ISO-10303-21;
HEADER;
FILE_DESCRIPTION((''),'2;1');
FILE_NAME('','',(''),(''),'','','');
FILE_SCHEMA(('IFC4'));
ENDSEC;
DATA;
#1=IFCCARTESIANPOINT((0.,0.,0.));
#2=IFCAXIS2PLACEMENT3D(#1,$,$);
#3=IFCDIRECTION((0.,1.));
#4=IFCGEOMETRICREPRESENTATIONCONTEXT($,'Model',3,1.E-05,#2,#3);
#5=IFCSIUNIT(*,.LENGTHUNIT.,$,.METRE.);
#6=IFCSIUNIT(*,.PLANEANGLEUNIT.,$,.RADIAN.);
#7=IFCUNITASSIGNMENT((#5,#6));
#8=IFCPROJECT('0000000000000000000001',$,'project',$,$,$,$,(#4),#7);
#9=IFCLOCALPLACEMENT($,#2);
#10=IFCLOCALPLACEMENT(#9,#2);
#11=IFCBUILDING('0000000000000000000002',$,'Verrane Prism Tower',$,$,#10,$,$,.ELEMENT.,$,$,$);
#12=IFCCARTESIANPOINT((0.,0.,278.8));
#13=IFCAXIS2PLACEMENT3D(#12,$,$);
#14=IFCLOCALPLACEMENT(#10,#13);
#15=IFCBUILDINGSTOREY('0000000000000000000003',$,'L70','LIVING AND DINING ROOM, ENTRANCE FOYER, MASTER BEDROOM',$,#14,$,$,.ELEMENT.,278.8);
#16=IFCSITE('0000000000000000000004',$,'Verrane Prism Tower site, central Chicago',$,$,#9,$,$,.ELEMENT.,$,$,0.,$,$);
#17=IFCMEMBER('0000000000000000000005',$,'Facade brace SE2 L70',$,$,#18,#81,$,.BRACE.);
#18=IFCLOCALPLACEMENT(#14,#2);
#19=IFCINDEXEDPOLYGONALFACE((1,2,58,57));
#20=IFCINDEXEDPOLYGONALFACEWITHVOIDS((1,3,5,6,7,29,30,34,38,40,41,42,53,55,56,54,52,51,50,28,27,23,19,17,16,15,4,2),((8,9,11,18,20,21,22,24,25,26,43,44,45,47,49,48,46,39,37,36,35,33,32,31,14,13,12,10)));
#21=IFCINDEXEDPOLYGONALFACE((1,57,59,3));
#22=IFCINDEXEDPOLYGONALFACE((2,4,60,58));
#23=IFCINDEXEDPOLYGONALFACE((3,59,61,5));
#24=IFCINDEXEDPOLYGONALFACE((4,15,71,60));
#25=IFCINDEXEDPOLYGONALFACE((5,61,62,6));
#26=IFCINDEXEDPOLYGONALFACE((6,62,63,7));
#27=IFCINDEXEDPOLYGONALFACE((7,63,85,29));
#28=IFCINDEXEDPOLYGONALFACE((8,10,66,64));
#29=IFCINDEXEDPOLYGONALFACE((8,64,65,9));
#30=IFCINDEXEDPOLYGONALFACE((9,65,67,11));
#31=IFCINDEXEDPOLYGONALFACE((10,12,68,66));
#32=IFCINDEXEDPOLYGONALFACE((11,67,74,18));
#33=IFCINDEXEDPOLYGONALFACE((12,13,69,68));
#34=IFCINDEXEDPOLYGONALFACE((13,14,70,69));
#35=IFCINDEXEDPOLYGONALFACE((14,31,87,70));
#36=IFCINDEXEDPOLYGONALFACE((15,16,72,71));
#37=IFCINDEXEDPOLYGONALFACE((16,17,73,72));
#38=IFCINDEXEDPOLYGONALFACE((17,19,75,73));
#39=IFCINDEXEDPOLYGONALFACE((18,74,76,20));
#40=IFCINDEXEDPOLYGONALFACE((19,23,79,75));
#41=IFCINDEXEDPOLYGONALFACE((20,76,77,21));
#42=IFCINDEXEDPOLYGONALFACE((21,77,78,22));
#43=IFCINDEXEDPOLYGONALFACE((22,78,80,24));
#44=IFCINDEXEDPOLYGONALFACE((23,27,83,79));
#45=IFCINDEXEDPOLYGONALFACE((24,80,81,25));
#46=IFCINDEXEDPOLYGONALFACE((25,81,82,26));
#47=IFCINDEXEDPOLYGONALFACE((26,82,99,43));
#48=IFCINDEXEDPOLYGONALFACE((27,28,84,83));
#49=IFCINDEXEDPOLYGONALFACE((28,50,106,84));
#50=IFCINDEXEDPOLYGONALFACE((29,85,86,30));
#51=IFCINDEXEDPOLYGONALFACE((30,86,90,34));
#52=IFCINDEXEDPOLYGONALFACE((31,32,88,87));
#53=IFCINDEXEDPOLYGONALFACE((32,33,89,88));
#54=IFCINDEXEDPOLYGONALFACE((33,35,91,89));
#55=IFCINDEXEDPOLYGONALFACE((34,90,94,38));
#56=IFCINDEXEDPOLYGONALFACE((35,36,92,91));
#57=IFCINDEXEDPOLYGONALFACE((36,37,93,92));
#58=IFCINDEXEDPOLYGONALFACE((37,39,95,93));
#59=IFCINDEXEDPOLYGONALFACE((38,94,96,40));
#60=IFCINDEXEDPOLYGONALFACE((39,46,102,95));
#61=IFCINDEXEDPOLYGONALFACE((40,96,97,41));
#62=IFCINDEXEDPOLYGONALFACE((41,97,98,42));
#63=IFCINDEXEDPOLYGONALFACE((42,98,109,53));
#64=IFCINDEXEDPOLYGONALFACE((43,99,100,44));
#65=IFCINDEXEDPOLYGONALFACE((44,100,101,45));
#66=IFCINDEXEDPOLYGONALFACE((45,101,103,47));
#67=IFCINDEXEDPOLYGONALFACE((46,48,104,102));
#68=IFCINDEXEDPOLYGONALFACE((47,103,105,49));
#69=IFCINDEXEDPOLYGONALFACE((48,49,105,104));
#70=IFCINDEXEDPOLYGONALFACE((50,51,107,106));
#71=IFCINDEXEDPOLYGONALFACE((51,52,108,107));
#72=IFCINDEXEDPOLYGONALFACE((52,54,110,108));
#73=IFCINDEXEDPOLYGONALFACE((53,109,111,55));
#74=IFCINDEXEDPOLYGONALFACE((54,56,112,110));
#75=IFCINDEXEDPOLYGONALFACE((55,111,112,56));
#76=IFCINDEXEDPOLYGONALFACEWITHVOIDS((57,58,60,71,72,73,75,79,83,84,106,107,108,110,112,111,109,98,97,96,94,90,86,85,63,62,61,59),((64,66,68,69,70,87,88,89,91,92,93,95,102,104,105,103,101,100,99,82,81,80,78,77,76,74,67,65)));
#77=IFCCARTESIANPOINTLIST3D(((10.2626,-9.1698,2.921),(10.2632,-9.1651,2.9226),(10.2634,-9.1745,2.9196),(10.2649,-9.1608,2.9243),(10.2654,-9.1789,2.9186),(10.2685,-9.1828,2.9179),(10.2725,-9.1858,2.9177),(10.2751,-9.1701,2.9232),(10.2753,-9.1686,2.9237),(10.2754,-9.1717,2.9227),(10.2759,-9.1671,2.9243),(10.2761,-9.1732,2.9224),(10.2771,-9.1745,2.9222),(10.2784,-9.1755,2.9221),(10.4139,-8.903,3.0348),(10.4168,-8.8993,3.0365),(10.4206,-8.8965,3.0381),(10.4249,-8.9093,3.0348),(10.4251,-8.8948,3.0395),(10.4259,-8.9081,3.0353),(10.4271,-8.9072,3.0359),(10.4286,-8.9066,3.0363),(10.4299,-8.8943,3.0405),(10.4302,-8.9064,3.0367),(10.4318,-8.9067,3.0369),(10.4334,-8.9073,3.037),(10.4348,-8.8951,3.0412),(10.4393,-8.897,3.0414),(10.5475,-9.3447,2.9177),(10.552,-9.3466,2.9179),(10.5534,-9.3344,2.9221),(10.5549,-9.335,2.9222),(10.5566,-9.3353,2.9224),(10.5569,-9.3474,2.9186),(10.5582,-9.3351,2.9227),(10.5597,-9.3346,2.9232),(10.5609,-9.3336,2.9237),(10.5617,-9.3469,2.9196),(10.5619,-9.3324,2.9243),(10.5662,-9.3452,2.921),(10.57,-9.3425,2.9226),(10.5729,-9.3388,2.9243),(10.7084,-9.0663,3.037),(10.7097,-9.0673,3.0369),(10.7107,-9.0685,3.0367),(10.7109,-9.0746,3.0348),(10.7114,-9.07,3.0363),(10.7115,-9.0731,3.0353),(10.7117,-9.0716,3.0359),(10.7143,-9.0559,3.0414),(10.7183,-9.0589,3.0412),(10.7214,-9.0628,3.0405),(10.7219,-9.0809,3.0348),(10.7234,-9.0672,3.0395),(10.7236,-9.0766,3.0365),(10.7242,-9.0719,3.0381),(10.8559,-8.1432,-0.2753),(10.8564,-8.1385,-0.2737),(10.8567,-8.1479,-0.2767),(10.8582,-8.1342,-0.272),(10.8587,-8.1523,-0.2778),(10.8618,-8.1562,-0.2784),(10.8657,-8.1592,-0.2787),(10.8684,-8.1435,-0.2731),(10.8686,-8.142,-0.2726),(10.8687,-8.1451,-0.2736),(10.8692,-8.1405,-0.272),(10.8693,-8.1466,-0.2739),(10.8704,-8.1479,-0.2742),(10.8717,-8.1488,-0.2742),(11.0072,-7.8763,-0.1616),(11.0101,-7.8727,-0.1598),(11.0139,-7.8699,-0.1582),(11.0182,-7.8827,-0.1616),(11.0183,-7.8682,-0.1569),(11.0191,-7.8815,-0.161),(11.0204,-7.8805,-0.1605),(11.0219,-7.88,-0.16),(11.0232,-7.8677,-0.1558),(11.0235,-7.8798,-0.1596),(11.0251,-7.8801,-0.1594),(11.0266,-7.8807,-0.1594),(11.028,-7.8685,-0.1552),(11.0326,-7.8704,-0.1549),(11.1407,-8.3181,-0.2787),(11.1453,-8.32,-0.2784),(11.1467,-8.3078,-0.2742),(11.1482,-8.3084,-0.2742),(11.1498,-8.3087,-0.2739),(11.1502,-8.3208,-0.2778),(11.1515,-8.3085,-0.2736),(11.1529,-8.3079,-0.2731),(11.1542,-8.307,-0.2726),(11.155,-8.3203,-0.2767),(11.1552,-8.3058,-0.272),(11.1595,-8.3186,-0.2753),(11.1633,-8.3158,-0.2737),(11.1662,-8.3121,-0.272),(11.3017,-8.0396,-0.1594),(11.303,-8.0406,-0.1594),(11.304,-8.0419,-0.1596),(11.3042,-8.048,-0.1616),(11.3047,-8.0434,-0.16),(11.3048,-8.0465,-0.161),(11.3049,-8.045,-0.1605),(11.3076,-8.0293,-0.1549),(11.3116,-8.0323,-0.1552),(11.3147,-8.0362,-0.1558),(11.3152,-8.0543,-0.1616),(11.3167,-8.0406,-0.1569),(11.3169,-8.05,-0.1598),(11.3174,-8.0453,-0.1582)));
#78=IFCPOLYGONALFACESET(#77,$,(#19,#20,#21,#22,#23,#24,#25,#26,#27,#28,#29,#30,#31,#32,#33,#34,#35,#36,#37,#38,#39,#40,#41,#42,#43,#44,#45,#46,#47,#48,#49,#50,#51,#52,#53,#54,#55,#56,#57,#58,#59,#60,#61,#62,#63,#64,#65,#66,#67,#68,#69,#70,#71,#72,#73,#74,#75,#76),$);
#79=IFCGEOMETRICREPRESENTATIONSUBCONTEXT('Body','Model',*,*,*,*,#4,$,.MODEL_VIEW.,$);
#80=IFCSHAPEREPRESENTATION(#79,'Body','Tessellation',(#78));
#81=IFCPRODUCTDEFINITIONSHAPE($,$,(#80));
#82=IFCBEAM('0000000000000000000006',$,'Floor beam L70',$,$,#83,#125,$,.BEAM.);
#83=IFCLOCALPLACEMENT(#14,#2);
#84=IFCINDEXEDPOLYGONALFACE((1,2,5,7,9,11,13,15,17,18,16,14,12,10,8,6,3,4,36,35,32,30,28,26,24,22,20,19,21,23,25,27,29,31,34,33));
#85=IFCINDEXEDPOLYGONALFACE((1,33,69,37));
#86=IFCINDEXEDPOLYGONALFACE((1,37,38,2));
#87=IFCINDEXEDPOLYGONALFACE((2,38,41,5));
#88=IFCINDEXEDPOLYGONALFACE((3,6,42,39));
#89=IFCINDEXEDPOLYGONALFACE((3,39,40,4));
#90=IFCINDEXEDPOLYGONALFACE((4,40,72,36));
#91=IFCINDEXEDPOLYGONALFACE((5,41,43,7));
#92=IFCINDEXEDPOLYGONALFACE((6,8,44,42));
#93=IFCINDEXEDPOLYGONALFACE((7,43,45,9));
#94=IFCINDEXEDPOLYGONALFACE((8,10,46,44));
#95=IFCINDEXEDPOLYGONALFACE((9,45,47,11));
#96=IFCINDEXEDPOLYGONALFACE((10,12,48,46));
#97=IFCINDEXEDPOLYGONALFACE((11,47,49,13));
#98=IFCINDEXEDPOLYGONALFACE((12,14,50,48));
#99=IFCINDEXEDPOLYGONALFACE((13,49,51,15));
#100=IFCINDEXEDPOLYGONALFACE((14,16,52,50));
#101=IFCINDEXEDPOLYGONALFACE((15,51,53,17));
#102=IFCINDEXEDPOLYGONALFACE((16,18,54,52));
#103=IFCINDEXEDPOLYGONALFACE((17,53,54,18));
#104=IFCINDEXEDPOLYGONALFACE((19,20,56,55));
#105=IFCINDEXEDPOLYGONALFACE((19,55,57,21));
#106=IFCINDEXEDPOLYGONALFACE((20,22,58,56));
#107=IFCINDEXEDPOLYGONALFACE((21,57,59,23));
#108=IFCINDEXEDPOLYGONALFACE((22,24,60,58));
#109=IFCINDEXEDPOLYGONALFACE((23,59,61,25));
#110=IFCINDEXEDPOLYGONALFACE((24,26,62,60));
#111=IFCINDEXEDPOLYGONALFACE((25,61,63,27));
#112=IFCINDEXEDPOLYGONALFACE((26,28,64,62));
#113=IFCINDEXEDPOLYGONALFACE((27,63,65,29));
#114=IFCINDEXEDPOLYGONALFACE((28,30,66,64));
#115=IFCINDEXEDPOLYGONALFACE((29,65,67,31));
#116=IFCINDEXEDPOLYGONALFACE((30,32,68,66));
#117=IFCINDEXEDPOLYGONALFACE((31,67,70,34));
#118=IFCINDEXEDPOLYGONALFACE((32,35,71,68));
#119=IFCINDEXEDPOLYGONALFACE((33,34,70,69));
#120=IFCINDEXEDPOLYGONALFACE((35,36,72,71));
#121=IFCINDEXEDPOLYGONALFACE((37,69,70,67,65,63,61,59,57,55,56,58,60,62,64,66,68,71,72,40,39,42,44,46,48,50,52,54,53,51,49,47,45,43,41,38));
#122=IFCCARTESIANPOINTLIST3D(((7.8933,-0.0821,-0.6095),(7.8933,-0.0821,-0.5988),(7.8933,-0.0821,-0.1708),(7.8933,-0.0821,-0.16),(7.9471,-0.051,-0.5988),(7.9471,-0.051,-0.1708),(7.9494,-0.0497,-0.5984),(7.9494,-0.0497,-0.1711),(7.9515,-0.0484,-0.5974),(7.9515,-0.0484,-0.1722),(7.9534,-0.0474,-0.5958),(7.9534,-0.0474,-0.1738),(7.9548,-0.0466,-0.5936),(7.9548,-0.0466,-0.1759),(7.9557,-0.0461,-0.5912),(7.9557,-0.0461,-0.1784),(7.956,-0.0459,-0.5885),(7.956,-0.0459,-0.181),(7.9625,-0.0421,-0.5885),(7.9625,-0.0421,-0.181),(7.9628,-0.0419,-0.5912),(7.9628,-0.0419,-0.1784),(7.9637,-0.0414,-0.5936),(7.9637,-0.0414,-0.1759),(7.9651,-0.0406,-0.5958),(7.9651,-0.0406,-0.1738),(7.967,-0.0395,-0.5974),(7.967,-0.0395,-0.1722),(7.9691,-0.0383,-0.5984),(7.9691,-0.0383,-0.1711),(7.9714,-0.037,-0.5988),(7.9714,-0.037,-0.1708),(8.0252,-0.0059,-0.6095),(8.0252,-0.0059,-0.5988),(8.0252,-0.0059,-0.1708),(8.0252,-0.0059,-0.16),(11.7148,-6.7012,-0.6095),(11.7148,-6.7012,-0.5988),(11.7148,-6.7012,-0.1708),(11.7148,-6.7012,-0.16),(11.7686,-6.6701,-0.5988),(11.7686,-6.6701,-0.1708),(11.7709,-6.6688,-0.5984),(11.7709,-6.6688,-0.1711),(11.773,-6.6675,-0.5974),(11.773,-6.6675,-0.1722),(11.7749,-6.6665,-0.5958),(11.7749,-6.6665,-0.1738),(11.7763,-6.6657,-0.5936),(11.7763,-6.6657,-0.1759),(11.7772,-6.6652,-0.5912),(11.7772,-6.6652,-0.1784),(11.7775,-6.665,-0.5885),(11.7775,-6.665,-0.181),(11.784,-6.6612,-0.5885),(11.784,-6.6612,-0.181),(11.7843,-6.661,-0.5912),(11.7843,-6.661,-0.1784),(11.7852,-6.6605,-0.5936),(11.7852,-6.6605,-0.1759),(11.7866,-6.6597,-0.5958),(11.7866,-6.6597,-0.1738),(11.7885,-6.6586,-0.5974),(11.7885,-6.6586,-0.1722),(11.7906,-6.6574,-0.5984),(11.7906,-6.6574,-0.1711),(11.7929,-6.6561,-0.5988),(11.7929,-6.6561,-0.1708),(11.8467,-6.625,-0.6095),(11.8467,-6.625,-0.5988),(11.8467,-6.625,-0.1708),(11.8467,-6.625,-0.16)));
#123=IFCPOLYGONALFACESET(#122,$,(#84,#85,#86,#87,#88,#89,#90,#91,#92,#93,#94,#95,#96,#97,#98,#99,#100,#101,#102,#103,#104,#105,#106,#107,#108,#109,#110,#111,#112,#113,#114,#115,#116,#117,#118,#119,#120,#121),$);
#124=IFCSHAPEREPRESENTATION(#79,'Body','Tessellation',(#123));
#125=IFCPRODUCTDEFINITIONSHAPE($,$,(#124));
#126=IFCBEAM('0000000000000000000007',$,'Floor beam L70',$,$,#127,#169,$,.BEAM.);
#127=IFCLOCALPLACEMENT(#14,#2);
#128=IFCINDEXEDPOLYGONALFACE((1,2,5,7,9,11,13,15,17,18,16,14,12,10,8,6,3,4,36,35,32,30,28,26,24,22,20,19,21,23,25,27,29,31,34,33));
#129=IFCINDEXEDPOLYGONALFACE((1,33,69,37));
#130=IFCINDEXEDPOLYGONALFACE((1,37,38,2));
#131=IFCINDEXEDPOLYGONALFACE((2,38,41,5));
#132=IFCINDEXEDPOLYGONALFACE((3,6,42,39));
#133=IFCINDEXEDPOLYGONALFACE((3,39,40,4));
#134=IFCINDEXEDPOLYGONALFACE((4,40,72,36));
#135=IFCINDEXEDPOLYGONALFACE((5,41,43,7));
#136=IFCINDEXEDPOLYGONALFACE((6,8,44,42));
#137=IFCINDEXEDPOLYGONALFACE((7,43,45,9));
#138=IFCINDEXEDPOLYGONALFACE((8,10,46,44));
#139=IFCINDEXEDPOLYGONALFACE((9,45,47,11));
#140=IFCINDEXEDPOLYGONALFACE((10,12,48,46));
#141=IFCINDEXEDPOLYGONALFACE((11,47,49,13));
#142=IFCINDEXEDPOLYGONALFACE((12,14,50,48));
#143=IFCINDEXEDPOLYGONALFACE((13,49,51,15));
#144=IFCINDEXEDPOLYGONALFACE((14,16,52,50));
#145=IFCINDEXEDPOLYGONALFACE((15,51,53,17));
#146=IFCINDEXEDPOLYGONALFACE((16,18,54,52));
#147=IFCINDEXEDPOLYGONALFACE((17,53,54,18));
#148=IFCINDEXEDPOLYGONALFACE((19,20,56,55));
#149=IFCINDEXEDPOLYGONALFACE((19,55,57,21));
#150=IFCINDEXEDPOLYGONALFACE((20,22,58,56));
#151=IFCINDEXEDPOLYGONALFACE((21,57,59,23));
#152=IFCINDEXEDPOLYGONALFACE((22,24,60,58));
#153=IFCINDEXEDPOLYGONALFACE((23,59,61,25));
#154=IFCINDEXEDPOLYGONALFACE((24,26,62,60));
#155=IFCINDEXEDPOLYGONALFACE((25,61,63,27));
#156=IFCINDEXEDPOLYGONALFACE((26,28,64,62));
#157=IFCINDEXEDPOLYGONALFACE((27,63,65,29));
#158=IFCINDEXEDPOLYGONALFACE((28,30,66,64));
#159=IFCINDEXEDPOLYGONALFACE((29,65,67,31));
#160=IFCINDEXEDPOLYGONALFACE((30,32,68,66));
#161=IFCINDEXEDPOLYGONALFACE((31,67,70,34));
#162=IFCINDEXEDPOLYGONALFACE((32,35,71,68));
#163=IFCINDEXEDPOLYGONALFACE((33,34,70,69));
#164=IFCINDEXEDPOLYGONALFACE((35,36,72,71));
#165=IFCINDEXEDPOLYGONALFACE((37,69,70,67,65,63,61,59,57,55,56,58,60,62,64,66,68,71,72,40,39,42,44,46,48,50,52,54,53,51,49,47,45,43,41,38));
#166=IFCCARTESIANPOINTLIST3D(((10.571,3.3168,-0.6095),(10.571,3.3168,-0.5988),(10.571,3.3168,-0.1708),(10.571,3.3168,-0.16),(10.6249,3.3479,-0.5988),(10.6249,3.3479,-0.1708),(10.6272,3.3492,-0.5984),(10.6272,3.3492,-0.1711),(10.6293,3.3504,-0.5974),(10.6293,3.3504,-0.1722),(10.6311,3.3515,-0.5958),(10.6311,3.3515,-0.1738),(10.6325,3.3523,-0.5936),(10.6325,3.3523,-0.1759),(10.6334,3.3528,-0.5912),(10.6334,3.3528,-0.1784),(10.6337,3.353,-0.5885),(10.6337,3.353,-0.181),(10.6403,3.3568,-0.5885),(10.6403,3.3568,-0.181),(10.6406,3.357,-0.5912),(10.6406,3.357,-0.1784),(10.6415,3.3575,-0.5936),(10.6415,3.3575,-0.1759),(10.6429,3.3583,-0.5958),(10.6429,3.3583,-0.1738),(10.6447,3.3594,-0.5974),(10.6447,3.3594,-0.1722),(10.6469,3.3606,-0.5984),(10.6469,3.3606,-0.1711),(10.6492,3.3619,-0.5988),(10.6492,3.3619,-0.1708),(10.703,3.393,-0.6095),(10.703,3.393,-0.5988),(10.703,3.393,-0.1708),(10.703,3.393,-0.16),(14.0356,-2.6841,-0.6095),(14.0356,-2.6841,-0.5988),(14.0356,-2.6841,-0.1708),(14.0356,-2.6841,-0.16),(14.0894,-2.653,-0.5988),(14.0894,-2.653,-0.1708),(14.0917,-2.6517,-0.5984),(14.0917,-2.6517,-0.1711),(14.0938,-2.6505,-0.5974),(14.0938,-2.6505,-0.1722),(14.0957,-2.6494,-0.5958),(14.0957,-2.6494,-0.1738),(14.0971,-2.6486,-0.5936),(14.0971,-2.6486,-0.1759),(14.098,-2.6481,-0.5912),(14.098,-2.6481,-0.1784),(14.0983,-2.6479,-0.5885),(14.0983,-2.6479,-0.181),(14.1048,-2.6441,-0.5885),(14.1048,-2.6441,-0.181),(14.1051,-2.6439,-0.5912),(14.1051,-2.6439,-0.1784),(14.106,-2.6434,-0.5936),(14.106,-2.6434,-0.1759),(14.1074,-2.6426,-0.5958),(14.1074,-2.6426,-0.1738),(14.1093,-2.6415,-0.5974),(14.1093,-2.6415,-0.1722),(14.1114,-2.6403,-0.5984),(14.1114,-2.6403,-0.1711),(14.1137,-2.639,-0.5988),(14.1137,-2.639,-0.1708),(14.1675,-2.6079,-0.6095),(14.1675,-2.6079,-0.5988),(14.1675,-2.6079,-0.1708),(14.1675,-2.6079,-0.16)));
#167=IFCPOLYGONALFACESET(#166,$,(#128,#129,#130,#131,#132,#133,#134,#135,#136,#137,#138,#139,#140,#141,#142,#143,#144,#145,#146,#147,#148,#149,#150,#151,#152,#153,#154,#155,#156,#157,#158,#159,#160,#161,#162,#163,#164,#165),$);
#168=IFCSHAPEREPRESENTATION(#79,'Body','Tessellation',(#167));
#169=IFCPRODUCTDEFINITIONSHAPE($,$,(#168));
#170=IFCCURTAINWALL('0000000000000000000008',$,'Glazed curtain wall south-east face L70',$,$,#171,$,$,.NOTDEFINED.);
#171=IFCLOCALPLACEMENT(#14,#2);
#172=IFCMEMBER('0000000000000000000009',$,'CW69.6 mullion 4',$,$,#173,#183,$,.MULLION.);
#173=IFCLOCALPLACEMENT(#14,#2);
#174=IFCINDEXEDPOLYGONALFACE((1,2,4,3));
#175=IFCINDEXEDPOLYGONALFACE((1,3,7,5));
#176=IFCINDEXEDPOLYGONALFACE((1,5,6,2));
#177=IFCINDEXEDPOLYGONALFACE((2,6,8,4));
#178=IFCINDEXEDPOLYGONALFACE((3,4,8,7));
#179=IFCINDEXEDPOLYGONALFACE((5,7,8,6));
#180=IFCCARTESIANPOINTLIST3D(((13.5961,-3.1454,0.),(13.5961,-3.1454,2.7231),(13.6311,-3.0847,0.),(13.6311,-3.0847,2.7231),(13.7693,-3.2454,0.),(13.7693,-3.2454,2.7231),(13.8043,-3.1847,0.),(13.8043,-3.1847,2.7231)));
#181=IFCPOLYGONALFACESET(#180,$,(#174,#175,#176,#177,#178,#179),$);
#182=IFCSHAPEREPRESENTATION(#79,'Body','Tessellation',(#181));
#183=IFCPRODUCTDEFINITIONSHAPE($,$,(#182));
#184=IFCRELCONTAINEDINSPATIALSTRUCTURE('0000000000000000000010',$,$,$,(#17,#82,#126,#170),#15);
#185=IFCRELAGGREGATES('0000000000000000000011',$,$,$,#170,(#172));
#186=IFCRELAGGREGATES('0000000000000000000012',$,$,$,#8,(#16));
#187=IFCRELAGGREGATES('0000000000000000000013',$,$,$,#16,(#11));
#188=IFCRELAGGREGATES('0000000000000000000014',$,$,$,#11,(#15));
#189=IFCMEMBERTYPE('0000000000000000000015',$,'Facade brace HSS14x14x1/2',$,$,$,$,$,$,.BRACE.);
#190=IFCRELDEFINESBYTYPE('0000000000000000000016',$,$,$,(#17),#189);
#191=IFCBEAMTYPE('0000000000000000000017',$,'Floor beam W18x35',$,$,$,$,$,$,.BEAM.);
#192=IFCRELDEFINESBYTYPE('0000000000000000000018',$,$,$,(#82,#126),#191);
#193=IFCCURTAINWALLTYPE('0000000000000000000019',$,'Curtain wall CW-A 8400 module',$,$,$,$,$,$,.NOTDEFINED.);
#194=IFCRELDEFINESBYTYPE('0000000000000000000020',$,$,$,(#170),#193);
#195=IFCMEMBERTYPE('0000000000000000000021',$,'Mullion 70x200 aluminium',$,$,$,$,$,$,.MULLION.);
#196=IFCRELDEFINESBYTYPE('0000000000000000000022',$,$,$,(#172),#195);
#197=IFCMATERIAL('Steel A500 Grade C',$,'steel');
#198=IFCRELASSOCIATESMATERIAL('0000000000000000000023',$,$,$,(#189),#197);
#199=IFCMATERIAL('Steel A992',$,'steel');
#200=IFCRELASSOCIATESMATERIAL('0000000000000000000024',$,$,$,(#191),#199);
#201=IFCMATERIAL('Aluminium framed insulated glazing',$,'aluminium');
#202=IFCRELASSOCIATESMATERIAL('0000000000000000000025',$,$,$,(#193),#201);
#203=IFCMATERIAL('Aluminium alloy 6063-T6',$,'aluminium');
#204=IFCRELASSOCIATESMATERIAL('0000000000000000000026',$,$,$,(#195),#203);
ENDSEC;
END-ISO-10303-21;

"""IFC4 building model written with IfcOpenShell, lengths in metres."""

from ifc_helpers import new_model, si_unit, direction, frame, origin, origin_2d, place, context, subcontext, project, spatial, rectangle, hollow_rectangle, i_section, extrude, material, material_profile, profile_set, type_object, element, aggregate, save


model = new_model("IFC4")

# Units and contexts
model_context = context("Model", 3, precision=1e-05, world=origin(), true_north=direction((0.0, 1.0)))
body_context = subcontext(model_context, "Body", "Model", "MODEL_VIEW")
ifc_project = project(units=[si_unit("LENGTHUNIT", "METRE"), si_unit("PLANEANGLEUNIT", "RADIAN")], contexts=[model_context])

# Site, building, storey
site_placement = place(None, origin())
site = spatial("IfcSite", under=ifc_project, at=site_placement, Name="Verrane Prism Tower site, central Chicago", CompositionType="ELEMENT", RefElevation=0.0)
building_placement = place(site_placement, origin())
building = spatial("IfcBuilding", under=site, at=building_placement, Name="Verrane Prism Tower", CompositionType="ELEMENT")
storey_placement = place(building_placement, frame((0.0, 0.0, 278.8)))
storey = spatial("IfcBuildingStorey", under=building, at=storey_placement, Name="L70", Description="LIVING AND DINING ROOM, ENTRANCE FOYER, MASTER BEDROOM", CompositionType="ELEMENT", Elevation=278.8)

# Member
ifc_material_1 = material(Name="Steel A500 Grade C", Category="steel")
ifc_material_profile_1 = material_profile(ifc_material_1, hollow_rectangle(XDim=0.3557, YDim=0.3557, WallThickness=0.0127, InnerFilletRadius=0.0063, OuterFilletRadius=0.019, at=origin_2d()), Name="HSS14x14x1/2")
ifc_profile_set_1 = profile_set([ifc_material_profile_1], Name="Steel A500 Grade C")
member_type_1 = type_object("IfcMemberType", Name="Facade brace HSS14x14x1/2", PredefinedType="BRACE", material=ifc_profile_set_1)
member_1_placement = place(storey_placement, frame((11.0867, -8.0942, -0.2168), z_axis=(-0.174022, -0.301136, 0.937568), x_axis=(0.865825, -0.500346, 0.0)))
element("IfcMember", 1, at=member_1_placement, inside=storey, type_object=member_type_1, Name="Facade brace SE2 L70", PredefinedType="BRACE", context=body_context, shape_type="SweptSolid", body=[
    extrude(hollow_rectangle(XDim=0.3557, YDim=0.3557, WallThickness=0.0127, InnerFilletRadius=0.0063, OuterFilletRadius=0.019, at=origin_2d()), origin(), (0.0, 0.0, 1.0), 3.4092),
])

# Beams
ifc_material_2 = material(Name="Steel A992", Category="steel")
ifc_material_profile_2 = material_profile(ifc_material_2, i_section(OverallWidth=0.1523, OverallDepth=0.4495, WebThickness=0.0076, FlangeThickness=0.0107, FilletRadius=0.0103, at=origin_2d()), Name="W18x35")
ifc_profile_set_2 = profile_set([ifc_material_profile_2], Name="Steel A992")
beam_type_1 = type_object("IfcBeamType", Name="Floor beam W18x35", PredefinedType="BEAM", material=ifc_profile_set_2)
beam_1_placement = place(storey_placement, frame((11.7808, -6.6631, -0.3848), z_axis=(-0.499997, 0.866027, 0.0), x_axis=(-0.866027, -0.499997, 0.0)))
element("IfcBeam", 2, at=beam_1_placement, inside=storey, type_object=beam_type_1, Name="Floor beam L70", PredefinedType="BEAM", context=body_context, shape_type="SweptSolid", body=[
    extrude(i_section(OverallWidth=0.1523, OverallDepth=0.4495, WebThickness=0.0076, FlangeThickness=0.0107, FilletRadius=0.0103, at=origin_2d()), origin(), (0.0, 0.0, 1.0), 7.6431),
])
beam_2_placement = place(storey_placement, frame((14.1016, -2.646, -0.3848), z_axis=(-0.499993, 0.86603, 0.0), x_axis=(-0.86603, -0.499993, 0.0)))
element("IfcBeam", 3, at=beam_2_placement, inside=storey, type_object=beam_type_1, Name="Floor beam L70", PredefinedType="BEAM", context=body_context, shape_type="SweptSolid", body=[
    extrude(i_section(OverallWidth=0.1523, OverallDepth=0.4495, WebThickness=0.0076, FlangeThickness=0.0107, FilletRadius=0.0103, at=origin_2d()), origin(), (0.0, 0.0, 1.0), 6.9292),
])

# Curtain wall, member
ifc_material_3 = material(Name="Aluminium framed insulated glazing", Category="aluminium")
curtain_wall_type = type_object("IfcCurtainWallType", Name="Curtain wall CW-A 8400 module", PredefinedType="NOTDEFINED", material=ifc_material_3)
curtain_wall_placement = place(storey_placement, origin())
curtain_wall = element("IfcCurtainWall", 4, at=curtain_wall_placement, inside=storey, type_object=curtain_wall_type, Name="Glazed curtain wall south-east face L70", PredefinedType="NOTDEFINED")
ifc_material_4 = material(Name="Aluminium alloy 6063-T6", Category="aluminium")
ifc_material_profile_3 = material_profile(ifc_material_4, rectangle(XDim=0.2, YDim=0.0701, at=origin_2d()), Name="Mullion 70x200 aluminium")
ifc_profile_set_3 = profile_set([ifc_material_profile_3], Name="Aluminium alloy 6063-T6")
member_type_2 = type_object("IfcMemberType", Name="Mullion 70x200 aluminium", PredefinedType="MULLION", material=ifc_profile_set_3)
member_2_placement = place(storey_placement, frame((13.7002, -3.165, 0.0), z_axis=(0.0, 0.0, 1.0), x_axis=(-0.866025, 0.500001, 0.0)))
member_2 = element("IfcMember", 5, at=member_2_placement, type_object=member_type_2, Name="CW69.6 mullion 4", PredefinedType="MULLION", context=body_context, shape_type="SweptSolid", body=[
    extrude(rectangle(XDim=0.2, YDim=0.0701, at=origin_2d()), origin(), (0.0, 0.0, 1.0), 2.7231),
])

aggregate(curtain_wall, [member_2])

save(model, "model.ifc")
